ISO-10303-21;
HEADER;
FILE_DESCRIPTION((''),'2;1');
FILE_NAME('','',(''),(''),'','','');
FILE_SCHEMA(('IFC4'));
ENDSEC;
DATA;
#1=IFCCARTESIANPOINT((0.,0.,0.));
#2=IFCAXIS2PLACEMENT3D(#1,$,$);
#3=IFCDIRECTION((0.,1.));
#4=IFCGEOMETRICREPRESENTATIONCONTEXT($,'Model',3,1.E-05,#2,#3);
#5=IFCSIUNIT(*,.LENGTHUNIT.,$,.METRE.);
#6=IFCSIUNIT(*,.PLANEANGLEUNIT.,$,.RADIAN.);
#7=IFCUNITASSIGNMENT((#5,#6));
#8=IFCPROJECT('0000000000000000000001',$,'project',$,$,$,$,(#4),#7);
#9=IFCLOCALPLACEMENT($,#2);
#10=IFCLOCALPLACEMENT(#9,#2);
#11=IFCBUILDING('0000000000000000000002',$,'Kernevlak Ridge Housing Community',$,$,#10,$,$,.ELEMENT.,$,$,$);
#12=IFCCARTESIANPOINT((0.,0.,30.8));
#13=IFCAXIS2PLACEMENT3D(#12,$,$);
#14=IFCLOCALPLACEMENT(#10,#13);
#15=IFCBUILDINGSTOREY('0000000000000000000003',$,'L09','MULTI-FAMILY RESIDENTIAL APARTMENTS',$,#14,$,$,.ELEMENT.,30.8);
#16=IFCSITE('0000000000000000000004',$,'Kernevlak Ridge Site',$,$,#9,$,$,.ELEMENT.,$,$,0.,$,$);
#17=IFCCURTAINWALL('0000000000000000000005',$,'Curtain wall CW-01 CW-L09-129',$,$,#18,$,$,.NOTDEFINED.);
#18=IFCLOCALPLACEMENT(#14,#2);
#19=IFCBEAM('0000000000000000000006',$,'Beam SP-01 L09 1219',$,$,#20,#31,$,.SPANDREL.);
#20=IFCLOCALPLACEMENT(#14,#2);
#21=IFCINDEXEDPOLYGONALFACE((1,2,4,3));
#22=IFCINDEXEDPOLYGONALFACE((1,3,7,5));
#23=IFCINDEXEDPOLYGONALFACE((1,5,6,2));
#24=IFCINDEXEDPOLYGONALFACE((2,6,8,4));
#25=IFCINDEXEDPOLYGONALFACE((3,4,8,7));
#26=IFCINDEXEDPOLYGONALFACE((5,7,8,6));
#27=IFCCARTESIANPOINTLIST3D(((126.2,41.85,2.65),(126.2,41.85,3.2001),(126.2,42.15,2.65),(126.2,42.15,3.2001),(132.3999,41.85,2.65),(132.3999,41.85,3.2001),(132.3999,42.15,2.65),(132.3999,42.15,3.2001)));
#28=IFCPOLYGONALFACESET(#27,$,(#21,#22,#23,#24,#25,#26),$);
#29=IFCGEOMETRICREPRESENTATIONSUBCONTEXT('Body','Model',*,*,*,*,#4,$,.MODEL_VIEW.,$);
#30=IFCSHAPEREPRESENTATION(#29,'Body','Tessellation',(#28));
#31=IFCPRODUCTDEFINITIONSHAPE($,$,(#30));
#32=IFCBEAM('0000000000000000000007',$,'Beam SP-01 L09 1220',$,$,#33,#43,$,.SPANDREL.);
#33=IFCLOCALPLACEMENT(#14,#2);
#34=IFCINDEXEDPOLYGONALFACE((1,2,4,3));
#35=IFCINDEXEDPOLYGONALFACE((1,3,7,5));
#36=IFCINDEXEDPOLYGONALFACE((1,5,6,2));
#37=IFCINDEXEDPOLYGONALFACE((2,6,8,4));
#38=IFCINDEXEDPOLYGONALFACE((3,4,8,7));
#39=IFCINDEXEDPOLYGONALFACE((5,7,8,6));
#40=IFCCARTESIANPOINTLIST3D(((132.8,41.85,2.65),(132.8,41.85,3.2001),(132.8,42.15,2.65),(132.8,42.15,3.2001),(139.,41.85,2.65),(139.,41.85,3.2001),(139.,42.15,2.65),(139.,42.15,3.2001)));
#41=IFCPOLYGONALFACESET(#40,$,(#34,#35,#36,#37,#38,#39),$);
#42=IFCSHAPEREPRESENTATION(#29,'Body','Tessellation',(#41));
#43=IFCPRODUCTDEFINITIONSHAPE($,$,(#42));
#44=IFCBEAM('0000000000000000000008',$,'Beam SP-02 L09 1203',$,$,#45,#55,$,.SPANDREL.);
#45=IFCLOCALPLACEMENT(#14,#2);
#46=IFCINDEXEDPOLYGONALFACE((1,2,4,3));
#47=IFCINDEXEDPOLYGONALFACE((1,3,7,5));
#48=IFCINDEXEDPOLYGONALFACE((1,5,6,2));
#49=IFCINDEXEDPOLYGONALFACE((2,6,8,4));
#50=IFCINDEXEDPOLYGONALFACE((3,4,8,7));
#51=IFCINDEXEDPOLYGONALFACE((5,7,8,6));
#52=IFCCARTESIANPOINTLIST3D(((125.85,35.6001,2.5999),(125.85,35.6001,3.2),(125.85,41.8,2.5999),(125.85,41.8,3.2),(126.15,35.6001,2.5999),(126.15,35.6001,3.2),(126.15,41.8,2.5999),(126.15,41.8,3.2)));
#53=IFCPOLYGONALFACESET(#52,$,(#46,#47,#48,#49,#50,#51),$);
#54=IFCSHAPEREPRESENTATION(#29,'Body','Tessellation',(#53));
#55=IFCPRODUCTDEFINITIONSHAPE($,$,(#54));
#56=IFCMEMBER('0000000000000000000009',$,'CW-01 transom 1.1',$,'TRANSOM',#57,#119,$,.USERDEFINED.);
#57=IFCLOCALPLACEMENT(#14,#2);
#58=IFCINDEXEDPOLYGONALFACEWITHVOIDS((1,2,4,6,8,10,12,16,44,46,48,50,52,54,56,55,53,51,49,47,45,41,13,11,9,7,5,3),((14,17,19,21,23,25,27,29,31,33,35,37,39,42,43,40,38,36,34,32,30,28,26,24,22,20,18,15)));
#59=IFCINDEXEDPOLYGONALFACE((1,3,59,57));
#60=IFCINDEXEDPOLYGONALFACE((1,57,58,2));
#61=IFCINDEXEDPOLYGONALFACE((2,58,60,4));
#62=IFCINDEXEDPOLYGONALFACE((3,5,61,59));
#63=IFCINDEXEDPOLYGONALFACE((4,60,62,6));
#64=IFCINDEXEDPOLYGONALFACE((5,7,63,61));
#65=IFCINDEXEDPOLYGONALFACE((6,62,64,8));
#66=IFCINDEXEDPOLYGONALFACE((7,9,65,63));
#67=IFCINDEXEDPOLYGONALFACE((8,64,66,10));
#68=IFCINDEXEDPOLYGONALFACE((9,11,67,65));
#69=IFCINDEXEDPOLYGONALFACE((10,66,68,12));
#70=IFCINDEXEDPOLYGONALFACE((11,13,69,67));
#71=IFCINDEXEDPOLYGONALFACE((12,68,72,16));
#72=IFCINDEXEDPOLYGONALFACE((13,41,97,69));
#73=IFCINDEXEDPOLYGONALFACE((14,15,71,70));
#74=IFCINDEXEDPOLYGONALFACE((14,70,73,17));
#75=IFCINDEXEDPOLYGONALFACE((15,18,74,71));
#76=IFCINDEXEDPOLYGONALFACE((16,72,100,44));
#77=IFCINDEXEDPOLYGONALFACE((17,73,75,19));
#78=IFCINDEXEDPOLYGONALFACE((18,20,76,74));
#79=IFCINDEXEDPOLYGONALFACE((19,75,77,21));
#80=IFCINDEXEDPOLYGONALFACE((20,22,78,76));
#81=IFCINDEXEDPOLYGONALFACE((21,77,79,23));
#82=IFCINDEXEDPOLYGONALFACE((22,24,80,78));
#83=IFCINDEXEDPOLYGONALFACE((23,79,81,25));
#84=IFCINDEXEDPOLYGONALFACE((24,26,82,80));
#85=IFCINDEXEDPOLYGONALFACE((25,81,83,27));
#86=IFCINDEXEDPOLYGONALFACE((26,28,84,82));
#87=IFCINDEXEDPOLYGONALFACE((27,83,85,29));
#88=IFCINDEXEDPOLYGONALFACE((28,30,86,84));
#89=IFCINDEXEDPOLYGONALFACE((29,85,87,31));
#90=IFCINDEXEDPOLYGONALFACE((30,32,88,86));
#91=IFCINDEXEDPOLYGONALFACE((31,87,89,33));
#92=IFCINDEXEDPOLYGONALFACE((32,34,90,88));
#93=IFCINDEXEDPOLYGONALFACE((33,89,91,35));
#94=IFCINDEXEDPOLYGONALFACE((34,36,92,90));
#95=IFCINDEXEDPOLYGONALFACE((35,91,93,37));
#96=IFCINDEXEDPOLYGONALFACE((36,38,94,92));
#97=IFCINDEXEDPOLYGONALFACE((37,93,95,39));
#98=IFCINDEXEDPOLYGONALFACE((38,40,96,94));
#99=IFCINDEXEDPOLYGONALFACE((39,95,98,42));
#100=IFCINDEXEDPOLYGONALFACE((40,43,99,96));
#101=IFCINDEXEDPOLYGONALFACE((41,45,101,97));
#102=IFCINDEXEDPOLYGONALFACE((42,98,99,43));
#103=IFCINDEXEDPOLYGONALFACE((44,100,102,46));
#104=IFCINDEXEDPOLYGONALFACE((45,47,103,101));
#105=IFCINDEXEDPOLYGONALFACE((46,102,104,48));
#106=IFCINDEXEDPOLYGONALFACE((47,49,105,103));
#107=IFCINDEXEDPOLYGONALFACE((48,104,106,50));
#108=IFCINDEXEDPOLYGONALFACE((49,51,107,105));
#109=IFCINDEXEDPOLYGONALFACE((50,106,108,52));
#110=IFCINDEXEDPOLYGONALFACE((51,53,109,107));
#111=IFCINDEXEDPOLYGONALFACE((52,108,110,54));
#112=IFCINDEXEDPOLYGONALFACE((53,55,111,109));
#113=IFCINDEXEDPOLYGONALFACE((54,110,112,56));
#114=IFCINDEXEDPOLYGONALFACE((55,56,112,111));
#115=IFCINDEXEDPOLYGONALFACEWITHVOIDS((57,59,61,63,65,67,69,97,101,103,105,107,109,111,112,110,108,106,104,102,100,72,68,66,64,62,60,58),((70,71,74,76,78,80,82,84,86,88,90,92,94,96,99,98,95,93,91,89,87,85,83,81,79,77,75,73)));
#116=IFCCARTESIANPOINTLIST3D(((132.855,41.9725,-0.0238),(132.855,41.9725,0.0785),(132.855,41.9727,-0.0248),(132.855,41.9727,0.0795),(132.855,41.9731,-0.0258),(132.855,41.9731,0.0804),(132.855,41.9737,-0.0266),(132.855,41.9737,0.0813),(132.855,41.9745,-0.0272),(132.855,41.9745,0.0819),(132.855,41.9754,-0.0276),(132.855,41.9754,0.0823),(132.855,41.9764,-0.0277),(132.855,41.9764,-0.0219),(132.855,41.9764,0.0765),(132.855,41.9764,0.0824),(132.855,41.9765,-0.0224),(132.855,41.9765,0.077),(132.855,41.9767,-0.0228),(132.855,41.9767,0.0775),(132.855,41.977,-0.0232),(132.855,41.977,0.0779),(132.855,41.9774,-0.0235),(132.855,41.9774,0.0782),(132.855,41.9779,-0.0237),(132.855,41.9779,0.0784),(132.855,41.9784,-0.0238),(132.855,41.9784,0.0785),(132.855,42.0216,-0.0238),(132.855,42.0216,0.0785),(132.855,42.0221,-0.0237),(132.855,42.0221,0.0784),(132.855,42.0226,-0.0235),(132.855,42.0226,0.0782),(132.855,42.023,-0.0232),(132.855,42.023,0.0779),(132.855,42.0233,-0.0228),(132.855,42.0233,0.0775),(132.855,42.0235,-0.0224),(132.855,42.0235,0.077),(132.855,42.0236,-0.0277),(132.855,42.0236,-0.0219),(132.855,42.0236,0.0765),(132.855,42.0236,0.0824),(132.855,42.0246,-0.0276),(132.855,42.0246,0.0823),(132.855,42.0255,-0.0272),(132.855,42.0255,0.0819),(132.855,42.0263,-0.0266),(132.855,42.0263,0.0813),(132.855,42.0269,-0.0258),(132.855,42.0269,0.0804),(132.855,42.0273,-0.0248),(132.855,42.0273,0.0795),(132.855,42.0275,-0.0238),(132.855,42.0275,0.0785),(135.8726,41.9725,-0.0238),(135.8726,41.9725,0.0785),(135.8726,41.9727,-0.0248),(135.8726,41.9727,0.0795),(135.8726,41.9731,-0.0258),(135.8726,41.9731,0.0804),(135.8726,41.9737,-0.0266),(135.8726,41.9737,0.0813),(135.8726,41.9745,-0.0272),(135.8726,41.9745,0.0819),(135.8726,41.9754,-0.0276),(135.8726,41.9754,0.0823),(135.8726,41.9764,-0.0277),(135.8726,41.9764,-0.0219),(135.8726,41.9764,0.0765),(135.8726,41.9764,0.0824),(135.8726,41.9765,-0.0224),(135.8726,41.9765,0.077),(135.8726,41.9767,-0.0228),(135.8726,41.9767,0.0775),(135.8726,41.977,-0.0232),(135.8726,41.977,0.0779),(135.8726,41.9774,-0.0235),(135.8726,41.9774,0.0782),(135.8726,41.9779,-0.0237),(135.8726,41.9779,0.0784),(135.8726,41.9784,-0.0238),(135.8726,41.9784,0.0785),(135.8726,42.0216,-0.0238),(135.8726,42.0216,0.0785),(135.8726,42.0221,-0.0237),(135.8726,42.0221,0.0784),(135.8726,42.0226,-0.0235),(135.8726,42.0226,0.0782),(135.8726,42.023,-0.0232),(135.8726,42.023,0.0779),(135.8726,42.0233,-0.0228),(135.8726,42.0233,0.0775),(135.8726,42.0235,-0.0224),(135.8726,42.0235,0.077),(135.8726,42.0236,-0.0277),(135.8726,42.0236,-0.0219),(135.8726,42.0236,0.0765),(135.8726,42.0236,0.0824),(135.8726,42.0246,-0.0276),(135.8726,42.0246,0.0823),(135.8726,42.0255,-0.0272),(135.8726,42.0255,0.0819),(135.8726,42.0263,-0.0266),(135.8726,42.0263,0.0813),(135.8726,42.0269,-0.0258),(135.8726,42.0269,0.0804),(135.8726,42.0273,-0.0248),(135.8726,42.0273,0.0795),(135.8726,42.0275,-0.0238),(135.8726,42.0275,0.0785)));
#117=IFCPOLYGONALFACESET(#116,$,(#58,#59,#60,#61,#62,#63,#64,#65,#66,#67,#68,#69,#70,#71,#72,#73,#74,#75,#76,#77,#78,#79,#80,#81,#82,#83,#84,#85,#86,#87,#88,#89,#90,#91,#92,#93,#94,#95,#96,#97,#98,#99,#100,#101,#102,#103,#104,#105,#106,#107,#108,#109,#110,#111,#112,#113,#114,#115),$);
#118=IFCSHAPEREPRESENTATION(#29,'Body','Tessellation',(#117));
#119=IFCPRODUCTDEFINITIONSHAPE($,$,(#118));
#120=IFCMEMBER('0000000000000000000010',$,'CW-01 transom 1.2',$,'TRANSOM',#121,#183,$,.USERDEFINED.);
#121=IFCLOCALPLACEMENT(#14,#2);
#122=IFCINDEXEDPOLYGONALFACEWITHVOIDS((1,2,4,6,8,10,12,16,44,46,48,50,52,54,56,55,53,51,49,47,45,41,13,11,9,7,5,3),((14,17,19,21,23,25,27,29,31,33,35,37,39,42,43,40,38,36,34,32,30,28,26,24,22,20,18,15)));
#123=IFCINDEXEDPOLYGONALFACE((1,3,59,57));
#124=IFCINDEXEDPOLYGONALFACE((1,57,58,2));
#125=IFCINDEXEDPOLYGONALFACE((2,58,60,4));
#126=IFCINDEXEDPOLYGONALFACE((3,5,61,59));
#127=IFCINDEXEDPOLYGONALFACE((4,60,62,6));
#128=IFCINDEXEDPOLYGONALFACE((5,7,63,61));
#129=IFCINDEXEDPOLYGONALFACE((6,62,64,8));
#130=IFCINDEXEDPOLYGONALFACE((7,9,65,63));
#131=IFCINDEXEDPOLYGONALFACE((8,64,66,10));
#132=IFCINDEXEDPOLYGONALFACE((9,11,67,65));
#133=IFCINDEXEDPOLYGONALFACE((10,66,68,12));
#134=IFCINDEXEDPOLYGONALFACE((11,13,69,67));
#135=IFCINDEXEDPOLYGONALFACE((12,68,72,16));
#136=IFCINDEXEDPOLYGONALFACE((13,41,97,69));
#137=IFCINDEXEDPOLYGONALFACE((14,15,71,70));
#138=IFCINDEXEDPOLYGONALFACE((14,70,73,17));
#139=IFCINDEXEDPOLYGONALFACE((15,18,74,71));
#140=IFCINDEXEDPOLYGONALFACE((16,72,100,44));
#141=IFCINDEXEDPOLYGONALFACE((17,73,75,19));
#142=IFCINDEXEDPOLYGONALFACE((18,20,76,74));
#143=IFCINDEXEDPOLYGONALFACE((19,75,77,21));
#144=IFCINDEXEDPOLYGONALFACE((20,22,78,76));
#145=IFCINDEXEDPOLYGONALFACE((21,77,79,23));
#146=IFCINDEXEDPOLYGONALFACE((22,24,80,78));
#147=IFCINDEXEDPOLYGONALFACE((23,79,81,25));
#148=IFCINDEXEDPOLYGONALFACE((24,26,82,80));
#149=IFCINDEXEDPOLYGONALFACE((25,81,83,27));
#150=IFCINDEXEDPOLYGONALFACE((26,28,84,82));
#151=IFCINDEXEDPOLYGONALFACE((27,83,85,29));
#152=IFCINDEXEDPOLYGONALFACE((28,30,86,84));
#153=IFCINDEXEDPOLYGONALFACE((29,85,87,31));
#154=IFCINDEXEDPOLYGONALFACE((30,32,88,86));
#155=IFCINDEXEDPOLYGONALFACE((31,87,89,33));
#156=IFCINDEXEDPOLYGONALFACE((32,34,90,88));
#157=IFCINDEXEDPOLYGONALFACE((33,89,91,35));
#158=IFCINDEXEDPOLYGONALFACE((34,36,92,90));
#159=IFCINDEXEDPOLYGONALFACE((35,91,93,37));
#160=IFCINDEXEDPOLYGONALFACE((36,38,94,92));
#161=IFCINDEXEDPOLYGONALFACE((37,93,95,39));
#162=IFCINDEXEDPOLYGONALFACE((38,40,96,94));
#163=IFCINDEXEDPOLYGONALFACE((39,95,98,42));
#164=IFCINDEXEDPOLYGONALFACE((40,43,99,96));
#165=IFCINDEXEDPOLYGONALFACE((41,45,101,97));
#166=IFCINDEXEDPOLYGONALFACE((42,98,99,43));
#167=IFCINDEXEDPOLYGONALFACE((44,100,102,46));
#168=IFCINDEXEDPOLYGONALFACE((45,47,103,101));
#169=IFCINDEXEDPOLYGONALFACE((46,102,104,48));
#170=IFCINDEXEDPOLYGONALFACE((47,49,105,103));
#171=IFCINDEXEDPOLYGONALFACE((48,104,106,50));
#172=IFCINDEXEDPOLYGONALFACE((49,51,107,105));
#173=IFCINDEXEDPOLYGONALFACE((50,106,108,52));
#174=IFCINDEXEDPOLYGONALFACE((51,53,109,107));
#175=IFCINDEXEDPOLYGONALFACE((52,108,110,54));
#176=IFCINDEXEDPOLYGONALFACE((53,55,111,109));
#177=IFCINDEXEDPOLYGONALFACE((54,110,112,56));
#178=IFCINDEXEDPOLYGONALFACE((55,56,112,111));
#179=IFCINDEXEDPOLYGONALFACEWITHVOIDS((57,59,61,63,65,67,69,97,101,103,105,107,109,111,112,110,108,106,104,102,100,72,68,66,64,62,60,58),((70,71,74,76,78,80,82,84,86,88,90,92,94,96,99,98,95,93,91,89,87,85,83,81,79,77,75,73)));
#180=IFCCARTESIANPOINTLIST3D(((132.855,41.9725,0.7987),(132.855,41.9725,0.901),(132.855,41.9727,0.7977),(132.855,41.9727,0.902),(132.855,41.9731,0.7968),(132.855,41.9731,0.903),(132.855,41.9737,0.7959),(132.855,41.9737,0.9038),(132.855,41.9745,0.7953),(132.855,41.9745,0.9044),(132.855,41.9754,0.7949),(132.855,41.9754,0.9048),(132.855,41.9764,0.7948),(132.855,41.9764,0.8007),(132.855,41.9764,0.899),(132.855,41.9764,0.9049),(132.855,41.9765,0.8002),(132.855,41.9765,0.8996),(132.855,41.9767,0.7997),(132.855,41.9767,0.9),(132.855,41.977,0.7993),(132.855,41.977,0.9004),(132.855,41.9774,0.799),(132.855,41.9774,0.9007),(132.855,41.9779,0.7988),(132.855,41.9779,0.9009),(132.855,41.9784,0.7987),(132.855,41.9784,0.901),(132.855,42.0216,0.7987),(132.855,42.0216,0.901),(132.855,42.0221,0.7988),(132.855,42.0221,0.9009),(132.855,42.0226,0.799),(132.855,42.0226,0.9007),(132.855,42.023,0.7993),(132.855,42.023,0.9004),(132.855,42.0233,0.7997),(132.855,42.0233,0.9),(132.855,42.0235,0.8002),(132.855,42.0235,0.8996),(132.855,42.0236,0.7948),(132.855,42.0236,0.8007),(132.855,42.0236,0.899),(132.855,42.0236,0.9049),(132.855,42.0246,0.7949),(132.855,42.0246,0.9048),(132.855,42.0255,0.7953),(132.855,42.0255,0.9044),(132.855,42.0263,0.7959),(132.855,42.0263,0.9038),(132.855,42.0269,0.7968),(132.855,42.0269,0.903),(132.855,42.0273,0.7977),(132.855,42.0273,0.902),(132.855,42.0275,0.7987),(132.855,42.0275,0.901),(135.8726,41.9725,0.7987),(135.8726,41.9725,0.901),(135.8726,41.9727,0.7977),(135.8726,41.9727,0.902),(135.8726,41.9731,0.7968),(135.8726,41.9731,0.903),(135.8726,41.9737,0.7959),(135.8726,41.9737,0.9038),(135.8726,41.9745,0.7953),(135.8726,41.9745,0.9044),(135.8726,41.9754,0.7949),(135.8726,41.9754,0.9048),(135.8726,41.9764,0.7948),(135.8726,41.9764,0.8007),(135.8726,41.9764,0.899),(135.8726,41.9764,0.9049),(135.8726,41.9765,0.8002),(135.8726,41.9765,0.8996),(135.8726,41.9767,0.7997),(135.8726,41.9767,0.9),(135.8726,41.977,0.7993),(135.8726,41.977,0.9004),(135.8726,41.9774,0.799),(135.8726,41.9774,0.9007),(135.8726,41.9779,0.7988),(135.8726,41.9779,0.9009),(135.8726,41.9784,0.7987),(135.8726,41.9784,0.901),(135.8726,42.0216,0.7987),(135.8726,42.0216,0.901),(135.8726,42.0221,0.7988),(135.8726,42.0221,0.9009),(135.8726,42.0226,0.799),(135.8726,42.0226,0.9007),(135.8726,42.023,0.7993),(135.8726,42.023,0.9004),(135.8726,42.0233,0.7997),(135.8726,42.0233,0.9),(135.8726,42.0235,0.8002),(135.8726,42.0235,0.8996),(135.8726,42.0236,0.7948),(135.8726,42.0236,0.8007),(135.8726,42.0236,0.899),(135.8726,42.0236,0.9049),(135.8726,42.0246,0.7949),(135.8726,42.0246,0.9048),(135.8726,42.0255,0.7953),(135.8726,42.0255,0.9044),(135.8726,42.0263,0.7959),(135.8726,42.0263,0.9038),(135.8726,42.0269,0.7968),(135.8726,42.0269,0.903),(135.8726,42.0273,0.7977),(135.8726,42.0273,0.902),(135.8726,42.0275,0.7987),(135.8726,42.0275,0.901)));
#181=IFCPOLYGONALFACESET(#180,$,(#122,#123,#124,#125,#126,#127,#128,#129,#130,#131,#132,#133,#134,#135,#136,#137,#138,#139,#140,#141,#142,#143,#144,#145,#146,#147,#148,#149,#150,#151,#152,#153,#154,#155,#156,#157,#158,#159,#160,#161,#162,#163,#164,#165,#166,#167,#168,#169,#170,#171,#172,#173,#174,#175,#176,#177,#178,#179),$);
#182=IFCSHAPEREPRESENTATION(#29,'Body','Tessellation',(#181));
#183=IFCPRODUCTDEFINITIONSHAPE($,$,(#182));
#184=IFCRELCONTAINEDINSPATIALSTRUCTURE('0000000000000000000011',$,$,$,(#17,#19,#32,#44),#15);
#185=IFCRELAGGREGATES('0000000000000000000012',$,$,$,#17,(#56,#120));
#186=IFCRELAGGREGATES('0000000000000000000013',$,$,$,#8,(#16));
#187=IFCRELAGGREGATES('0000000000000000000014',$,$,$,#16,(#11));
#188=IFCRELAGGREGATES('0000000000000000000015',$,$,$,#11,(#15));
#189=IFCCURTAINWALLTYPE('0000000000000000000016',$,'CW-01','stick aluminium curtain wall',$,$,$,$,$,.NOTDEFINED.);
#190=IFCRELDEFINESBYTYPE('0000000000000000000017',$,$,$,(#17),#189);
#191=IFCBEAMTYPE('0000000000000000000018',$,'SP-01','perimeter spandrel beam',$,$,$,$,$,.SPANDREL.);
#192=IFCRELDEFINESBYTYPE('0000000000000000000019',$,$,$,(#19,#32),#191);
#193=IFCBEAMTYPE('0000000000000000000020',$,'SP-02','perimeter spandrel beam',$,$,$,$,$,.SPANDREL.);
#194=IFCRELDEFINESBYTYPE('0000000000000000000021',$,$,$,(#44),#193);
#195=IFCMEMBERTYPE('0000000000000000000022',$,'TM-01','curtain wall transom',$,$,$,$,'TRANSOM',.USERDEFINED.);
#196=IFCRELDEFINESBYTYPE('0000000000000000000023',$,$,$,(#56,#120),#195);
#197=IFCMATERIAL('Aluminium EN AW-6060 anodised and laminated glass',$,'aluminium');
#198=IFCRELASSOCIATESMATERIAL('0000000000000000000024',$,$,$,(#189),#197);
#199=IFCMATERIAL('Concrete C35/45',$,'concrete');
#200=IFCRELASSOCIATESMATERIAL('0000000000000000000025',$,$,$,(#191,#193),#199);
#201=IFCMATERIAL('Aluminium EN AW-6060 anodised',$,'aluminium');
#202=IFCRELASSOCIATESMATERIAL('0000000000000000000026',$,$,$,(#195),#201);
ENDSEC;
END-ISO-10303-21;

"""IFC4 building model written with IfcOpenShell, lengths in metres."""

from ifc_helpers import new_model, si_unit, direction, frame, origin, origin_2d, place, context, subcontext, project, spatial, rectangle, hollow_rectangle, extrude, material, material_profile, profile_set, type_object, element, aggregate, save


model = new_model("IFC4")

# Units and contexts
model_context = context("Model", 3, precision=1e-05, world=origin(), true_north=direction((0.0, 1.0)))
body_context = subcontext(model_context, "Body", "Model", "MODEL_VIEW")
ifc_project = project(units=[si_unit("LENGTHUNIT", "METRE"), si_unit("PLANEANGLEUNIT", "RADIAN")], contexts=[model_context])

# Site, building, storey
site_placement = place(None, origin())
site = spatial("IfcSite", under=ifc_project, at=site_placement, Name="Kernevlak Ridge Site", CompositionType="ELEMENT", RefElevation=0.0)
building_placement = place(site_placement, origin())
building = spatial("IfcBuilding", under=site, at=building_placement, Name="Kernevlak Ridge Housing Community", CompositionType="ELEMENT")
storey_placement = place(building_placement, frame((0.0, 0.0, 30.8)))
storey = spatial("IfcBuildingStorey", under=building, at=storey_placement, Name="L09", Description="MULTI-FAMILY RESIDENTIAL APARTMENTS", CompositionType="ELEMENT", Elevation=30.8)

# Shared definitions
ifc_material_1 = material(Name="Concrete C35/45", Category="concrete")

# Curtain wall
ifc_material_2 = material(Name="Aluminium EN AW-6060 anodised and laminated glass", Category="aluminium")
curtain_wall_type = type_object("IfcCurtainWallType", Name="CW-01", Description="stick aluminium curtain wall", PredefinedType="NOTDEFINED", material=ifc_material_2)
curtain_wall_placement = place(storey_placement, origin())
curtain_wall = element("IfcCurtainWall", 1, at=curtain_wall_placement, inside=storey, type_object=curtain_wall_type, Name="Curtain wall CW-01 CW-L09-129", PredefinedType="NOTDEFINED")
ifc_material_3 = material(Name="Aluminium EN AW-6060 anodised", Category="aluminium")

# Beams
ifc_material_profile_1 = material_profile(ifc_material_1, rectangle(XDim=0.3, YDim=0.55, at=origin_2d()), Name="RC 300x550")
ifc_profile_set_1 = profile_set([ifc_material_profile_1], Name="Concrete C35/45")
beam_type_1 = type_object("IfcBeamType", Name="SP-01", Description="perimeter spandrel beam", PredefinedType="SPANDREL", material=ifc_profile_set_1)
for number, where, z_axis, x_axis, name in (
    (2, (126.2, 42.0, 2.925), (1.0, 0.0, 0.0), (0.0, 1.0, 0.0), "Beam SP-01 L09 1219"),
    (3, (132.8, 42.0, 2.925), (1.0, 0.0, 0.0), (0.0, 1.0, 0.0), "Beam SP-01 L09 1220"),
):
    element("IfcBeam", number, at=place(storey_placement, frame(where, z_axis=z_axis, x_axis=x_axis)), inside=storey, type_object=beam_type_1, Name=name, PredefinedType="SPANDREL", context=body_context, shape_type="SweptSolid", body=[
        extrude(rectangle(XDim=0.3, YDim=0.55, at=origin_2d()), origin(), (0.0, 0.0, 1.0), 6.2),
    ])
ifc_material_profile_2 = material_profile(ifc_material_1, rectangle(XDim=0.3, YDim=0.6001, at=origin_2d()), Name="RC 300x600")
ifc_profile_set_2 = profile_set([ifc_material_profile_2], Name="Concrete C35/45")
beam_type_2 = type_object("IfcBeamType", Name="SP-02", Description="perimeter spandrel beam", PredefinedType="SPANDREL", material=ifc_profile_set_2)
beam_1_placement = place(storey_placement, frame((126.0, 35.6001, 2.8999), z_axis=(0.0, 1.0, 0.0), x_axis=(-1.0, 0.0, 0.0)))
element("IfcBeam", 4, at=beam_1_placement, inside=storey, type_object=beam_type_2, Name="Beam SP-02 L09 1203", PredefinedType="SPANDREL", context=body_context, shape_type="SweptSolid", body=[
    extrude(rectangle(XDim=0.3, YDim=0.6001, at=origin_2d()), origin(), (0.0, 0.0, 1.0), 6.2),
])

# Members
ifc_material_profile_3 = material_profile(ifc_material_3, hollow_rectangle(XDim=0.0549, YDim=0.1101, WallThickness=0.0039, InnerFilletRadius=0.002, OuterFilletRadius=0.0039, at=origin_2d()), Name="ALU 55x110x4")
ifc_profile_set_3 = profile_set([ifc_material_profile_3], Name="Aluminium EN AW-6060 anodised")
member_type_1 = type_object("IfcMemberType", Name="TM-01", Description="curtain wall transom", ElementType="TRANSOM", PredefinedType="USERDEFINED", material=ifc_profile_set_3)
member_1_placement = place(storey_placement, frame((132.855, 42.0, 0.0273), z_axis=(1.0, 0.0, 0.0), x_axis=(0.0, 1.0, 0.0)))
member_1 = element("IfcMember", 5, at=member_1_placement, type_object=member_type_1, Name="CW-01 transom 1.1", ObjectType="TRANSOM", PredefinedType="USERDEFINED", context=body_context, shape_type="SweptSolid", body=[
    extrude(hollow_rectangle(XDim=0.0549, YDim=0.1101, WallThickness=0.0039, InnerFilletRadius=0.002, OuterFilletRadius=0.0039, at=origin_2d()), origin(), (0.0, 0.0, 1.0), 3.0176),
])
member_2_placement = place(storey_placement, frame((132.855, 42.0, 0.8499), z_axis=(1.0, 0.0, 0.0), x_axis=(0.0, 1.0, 0.0)))
member_2 = element("IfcMember", 6, at=member_2_placement, type_object=member_type_1, Name="CW-01 transom 1.2", ObjectType="TRANSOM", PredefinedType="USERDEFINED", context=body_context, shape_type="SweptSolid", body=[
    extrude(hollow_rectangle(XDim=0.0549, YDim=0.1101, WallThickness=0.0039, InnerFilletRadius=0.002, OuterFilletRadius=0.0039, at=origin_2d()), origin(), (0.0, 0.0, 1.0), 3.0176),
])

aggregate(curtain_wall, [member_1, member_2])

save(model, "model.ifc")
